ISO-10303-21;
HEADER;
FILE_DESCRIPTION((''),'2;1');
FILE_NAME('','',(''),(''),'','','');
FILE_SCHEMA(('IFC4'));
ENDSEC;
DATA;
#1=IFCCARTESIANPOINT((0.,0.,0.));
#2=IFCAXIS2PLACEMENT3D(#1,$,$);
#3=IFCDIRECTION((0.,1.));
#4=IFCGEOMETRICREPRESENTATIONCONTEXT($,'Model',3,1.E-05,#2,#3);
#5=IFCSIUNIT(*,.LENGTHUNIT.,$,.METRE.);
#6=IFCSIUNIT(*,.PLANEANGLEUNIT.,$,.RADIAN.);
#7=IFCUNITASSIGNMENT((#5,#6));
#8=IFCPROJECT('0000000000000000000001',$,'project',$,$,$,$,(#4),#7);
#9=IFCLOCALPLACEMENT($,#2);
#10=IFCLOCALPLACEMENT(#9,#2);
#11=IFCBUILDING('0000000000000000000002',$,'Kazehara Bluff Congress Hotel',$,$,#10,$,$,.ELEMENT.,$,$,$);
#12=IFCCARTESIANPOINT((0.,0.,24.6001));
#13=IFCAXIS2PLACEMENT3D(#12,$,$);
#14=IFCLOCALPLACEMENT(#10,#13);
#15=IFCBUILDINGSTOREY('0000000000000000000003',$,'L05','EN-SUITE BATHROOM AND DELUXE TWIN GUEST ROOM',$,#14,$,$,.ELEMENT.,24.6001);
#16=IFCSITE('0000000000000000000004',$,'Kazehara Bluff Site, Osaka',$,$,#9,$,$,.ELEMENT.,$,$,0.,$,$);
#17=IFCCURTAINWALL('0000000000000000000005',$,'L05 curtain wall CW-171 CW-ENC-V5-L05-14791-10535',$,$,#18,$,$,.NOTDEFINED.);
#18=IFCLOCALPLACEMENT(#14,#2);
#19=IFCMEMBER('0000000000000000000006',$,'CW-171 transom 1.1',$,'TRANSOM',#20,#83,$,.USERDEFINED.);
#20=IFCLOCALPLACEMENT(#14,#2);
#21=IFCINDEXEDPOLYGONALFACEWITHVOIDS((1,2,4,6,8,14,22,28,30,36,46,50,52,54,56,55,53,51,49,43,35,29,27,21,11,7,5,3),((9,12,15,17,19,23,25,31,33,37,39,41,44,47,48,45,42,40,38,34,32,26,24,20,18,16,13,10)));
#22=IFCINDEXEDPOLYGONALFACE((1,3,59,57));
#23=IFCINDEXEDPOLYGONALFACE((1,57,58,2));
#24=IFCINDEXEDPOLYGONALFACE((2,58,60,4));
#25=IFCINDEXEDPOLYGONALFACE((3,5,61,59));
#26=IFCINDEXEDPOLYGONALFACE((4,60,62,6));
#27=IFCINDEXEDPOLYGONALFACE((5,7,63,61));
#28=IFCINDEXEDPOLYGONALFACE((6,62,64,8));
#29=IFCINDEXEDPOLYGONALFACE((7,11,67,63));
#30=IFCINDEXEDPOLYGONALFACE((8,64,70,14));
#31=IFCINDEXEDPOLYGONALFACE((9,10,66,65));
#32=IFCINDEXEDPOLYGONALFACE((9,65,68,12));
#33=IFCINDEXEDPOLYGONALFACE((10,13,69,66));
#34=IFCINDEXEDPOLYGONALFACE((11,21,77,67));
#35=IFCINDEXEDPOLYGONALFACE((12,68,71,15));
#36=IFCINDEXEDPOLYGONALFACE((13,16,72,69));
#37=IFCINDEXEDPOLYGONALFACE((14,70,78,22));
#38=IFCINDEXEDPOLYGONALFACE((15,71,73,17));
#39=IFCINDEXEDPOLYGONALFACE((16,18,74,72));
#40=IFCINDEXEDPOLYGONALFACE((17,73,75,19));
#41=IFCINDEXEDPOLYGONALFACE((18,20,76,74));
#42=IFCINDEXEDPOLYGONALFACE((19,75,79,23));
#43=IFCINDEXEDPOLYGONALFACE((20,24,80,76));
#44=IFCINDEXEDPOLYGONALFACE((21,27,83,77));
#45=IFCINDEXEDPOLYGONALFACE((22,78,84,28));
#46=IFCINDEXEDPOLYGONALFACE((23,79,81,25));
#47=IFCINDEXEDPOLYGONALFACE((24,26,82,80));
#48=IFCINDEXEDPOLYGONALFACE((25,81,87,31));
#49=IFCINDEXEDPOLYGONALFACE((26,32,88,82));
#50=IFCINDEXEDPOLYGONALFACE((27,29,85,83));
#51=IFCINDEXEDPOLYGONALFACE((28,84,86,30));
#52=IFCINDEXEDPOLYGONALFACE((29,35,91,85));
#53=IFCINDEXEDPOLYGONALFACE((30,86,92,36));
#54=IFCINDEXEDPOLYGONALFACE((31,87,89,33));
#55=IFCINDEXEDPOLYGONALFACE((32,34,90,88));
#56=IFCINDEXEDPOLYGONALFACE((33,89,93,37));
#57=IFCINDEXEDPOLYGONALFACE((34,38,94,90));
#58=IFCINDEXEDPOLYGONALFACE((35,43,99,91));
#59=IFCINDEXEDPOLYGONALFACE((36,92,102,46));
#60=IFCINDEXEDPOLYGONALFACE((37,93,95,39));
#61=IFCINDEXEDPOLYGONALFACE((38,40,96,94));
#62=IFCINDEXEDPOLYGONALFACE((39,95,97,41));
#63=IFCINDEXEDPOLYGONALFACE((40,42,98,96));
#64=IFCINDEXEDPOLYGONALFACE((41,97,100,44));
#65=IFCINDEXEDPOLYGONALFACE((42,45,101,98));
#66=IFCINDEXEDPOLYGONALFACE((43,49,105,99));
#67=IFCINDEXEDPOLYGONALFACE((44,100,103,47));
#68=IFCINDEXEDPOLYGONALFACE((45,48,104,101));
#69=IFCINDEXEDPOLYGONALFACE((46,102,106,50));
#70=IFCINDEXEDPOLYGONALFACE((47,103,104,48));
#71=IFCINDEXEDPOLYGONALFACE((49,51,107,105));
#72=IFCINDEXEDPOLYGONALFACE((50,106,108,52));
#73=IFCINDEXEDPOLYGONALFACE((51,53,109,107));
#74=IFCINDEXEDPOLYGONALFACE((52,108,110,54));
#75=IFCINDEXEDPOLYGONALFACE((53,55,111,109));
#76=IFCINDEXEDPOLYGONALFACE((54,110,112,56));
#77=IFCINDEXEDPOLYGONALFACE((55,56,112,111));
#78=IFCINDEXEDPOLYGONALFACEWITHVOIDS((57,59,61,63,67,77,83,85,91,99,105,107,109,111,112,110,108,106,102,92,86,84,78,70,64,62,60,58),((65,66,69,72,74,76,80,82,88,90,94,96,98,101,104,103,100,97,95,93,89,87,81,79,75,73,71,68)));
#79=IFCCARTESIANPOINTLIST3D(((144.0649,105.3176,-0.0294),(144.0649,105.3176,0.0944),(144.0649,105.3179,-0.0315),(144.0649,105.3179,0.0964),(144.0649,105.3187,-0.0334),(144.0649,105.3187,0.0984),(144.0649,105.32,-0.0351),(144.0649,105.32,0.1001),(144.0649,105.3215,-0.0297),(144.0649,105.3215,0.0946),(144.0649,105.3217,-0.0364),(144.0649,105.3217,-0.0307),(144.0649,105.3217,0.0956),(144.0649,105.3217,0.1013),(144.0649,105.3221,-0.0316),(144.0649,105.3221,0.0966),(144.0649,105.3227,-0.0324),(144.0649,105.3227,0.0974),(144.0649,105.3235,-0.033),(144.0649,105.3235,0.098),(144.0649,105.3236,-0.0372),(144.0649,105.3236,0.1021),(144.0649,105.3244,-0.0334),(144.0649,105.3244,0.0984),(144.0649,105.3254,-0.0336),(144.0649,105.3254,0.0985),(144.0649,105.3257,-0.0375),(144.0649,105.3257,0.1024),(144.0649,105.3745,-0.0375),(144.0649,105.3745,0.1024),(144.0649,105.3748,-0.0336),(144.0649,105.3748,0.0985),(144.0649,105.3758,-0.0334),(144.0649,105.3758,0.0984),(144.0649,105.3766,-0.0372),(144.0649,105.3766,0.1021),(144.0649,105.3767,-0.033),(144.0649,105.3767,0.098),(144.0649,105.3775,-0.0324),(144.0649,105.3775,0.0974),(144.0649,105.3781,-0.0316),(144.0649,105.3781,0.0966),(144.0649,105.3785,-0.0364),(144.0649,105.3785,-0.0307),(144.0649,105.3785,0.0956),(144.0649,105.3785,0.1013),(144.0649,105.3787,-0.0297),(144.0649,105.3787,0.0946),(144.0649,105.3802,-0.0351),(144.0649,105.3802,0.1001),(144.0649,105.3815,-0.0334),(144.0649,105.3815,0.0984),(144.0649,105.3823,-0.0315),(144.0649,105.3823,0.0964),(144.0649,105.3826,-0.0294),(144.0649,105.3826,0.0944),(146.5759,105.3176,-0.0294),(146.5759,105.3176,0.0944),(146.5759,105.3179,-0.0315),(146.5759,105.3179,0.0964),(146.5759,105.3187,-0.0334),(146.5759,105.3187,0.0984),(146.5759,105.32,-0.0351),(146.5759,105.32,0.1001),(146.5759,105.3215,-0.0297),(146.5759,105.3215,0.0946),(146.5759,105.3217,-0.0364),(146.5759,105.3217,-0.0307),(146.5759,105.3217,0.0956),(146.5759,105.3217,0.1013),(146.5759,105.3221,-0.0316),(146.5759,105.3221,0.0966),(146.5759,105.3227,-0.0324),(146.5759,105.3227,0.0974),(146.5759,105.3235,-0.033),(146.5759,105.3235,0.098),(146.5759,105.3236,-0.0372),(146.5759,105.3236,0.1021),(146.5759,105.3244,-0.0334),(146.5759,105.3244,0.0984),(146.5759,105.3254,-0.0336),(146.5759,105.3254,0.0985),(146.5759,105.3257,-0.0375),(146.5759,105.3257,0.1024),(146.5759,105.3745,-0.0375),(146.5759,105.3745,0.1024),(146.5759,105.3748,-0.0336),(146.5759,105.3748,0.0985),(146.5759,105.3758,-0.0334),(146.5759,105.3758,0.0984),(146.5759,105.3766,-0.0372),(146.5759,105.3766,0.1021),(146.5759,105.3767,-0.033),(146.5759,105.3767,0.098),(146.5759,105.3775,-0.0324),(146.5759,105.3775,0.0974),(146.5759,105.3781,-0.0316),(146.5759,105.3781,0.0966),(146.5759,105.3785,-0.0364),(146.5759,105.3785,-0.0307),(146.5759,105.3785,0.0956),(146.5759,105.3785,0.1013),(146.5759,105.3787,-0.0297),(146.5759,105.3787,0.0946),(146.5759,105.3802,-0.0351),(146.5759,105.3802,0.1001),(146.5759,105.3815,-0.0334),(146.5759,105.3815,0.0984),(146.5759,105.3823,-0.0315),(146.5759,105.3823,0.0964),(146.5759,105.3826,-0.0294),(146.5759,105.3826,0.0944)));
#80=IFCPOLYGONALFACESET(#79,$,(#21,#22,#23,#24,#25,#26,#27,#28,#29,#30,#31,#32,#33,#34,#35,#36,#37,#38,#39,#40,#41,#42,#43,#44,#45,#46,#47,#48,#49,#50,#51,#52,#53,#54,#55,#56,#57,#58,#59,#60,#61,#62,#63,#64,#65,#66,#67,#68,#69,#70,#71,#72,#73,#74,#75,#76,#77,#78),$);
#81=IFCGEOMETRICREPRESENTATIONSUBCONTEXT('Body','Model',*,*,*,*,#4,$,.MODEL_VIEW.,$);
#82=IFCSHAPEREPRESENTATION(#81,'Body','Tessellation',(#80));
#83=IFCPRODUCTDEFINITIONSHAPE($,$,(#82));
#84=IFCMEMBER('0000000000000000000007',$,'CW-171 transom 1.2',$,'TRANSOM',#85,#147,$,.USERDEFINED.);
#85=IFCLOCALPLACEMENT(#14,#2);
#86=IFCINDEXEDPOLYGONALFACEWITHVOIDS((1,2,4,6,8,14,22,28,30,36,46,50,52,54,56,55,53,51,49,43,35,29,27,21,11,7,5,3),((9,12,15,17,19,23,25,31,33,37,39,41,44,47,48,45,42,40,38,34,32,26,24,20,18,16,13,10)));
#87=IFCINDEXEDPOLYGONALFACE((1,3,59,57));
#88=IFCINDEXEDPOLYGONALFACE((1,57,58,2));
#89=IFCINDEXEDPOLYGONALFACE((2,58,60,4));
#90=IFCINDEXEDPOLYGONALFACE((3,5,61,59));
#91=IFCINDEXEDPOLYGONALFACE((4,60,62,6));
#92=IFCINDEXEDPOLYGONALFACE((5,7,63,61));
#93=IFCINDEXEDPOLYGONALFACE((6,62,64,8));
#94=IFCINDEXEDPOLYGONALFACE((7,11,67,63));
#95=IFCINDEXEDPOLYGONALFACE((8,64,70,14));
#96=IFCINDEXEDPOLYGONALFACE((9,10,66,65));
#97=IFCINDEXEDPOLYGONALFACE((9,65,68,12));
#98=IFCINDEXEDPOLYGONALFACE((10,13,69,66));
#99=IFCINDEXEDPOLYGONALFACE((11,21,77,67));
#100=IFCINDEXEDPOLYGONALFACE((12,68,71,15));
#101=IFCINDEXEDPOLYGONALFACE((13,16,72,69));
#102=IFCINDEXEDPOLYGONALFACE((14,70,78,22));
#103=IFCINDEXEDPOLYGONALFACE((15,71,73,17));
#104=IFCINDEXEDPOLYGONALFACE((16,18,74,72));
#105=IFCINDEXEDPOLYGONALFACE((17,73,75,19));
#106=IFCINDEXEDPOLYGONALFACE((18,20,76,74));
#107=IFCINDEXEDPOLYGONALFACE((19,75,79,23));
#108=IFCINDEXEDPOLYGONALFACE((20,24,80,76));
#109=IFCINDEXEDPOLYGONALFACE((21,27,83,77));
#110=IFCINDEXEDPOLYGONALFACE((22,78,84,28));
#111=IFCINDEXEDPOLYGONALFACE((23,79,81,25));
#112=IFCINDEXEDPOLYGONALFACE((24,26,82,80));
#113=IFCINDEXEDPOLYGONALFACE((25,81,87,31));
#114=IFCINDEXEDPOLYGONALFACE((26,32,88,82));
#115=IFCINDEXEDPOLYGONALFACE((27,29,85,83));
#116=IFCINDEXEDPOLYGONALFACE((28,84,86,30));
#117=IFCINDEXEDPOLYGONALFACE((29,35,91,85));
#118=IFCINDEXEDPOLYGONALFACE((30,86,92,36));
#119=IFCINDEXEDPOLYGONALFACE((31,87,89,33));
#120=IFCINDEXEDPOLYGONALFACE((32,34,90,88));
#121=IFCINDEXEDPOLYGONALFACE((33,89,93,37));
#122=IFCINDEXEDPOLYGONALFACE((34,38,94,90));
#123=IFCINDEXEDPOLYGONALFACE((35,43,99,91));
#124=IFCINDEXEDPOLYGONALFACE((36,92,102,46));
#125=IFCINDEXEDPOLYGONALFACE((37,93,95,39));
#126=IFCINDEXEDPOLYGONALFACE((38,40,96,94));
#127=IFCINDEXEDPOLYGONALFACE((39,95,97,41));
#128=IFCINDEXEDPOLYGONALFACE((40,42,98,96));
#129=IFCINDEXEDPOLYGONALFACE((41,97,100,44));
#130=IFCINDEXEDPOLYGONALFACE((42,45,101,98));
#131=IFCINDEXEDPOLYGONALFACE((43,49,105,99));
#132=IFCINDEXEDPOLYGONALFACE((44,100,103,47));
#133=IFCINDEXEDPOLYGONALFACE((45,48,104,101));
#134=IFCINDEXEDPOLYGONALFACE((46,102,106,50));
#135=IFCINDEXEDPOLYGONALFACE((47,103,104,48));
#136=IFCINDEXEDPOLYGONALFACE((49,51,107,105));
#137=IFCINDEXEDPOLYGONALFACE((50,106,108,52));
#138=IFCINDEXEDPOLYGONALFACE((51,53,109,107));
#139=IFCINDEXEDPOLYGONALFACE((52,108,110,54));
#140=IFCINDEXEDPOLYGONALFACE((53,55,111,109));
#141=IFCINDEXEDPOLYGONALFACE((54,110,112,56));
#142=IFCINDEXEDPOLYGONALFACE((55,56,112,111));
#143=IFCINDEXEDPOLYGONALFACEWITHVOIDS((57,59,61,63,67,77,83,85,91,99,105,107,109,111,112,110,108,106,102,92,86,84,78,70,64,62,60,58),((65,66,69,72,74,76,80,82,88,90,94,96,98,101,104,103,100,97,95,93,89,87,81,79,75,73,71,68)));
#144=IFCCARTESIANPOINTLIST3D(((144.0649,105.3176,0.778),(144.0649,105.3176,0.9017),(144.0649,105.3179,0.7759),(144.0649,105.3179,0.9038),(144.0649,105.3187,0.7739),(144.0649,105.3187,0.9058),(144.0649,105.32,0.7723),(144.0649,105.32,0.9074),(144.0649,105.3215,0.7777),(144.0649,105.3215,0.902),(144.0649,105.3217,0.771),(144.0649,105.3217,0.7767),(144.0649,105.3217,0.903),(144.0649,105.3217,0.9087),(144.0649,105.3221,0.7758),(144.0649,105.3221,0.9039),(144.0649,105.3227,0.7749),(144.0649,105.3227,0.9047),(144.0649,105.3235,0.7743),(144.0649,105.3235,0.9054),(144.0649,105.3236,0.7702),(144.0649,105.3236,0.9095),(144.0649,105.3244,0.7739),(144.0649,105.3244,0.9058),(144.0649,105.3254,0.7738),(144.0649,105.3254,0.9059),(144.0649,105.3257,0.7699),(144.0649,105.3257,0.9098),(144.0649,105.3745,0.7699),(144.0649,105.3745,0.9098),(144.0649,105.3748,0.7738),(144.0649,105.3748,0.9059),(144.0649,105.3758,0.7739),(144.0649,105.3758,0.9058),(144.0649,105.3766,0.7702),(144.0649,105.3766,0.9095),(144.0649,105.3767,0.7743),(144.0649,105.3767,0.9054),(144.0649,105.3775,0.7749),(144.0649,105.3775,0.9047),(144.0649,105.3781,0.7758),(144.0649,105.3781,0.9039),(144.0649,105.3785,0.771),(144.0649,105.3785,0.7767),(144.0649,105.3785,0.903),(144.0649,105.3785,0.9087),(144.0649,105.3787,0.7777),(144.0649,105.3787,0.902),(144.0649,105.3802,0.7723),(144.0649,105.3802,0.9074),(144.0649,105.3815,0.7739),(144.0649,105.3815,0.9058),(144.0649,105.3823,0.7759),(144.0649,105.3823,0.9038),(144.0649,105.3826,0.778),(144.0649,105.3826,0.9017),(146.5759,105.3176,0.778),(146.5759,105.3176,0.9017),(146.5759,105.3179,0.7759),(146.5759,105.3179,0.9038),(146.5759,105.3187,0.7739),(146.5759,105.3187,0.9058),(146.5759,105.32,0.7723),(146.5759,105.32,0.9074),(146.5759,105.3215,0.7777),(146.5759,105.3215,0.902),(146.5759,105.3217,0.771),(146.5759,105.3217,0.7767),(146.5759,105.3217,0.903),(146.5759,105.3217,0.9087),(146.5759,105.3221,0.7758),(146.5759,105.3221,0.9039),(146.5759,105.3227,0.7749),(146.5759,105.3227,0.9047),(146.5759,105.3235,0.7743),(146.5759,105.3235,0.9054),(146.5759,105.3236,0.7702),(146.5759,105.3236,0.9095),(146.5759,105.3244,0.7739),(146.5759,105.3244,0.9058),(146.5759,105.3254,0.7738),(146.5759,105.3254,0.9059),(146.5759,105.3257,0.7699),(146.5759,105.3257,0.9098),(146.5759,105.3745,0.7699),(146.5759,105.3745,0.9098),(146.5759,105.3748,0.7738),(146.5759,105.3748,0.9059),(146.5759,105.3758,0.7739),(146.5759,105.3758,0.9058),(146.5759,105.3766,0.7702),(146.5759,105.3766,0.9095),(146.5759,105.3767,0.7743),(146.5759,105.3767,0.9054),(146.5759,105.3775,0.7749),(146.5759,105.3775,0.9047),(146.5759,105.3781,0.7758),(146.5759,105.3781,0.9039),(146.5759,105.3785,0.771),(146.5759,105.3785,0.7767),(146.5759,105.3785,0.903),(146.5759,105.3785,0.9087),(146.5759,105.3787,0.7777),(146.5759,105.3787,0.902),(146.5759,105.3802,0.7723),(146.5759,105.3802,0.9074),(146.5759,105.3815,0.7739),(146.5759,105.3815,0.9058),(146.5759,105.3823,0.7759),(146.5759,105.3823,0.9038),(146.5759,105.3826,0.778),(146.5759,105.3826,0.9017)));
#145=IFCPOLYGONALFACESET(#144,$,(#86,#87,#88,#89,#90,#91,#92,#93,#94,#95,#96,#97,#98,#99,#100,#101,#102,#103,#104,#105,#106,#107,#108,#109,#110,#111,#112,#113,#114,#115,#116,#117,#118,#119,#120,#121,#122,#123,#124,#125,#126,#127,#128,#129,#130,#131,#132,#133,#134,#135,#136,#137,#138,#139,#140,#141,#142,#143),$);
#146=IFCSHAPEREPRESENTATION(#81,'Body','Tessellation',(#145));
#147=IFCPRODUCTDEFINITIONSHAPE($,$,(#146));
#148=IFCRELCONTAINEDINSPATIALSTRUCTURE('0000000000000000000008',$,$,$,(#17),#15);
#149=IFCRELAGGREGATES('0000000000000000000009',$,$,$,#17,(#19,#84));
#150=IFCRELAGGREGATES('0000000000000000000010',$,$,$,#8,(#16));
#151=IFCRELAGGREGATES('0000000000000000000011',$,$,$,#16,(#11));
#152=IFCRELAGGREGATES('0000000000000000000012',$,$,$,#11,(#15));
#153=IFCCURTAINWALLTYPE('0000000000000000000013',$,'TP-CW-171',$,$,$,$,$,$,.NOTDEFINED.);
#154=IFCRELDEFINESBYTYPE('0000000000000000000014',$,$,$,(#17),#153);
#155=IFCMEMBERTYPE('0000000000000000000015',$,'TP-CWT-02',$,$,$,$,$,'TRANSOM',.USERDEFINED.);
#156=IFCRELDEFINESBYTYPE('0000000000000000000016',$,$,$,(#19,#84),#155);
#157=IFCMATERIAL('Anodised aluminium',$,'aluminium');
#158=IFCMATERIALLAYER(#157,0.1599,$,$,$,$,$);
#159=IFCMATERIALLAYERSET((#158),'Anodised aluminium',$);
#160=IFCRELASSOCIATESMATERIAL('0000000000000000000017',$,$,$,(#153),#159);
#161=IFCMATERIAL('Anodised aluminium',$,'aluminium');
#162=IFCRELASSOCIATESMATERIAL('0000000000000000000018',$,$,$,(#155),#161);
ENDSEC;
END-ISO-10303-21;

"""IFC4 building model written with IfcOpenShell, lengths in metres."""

from ifc_helpers import new_model, si_unit, direction, frame, origin, origin_2d, place, context, subcontext, project, spatial, hollow_rectangle, extrude, material, layer, layer_set, material_profile, profile_set, type_object, element, aggregate, save


model = new_model("IFC4")

# Units and contexts
model_context = context("Model", 3, precision=1e-05, world=origin(), true_north=direction((0.0, 1.0)))
body_context = subcontext(model_context, "Body", "Model", "MODEL_VIEW")
ifc_project = project(units=[si_unit("LENGTHUNIT", "METRE"), si_unit("PLANEANGLEUNIT", "RADIAN")], contexts=[model_context])

# Site, building, storey
site_placement = place(None, origin())
site = spatial("IfcSite", under=ifc_project, at=site_placement, Name="Kazehara Bluff Site, Osaka", CompositionType="ELEMENT", RefElevation=0.0)
building_placement = place(site_placement, origin())
building = spatial("IfcBuilding", under=site, at=building_placement, Name="Kazehara Bluff Congress Hotel", CompositionType="ELEMENT")
storey_placement = place(building_placement, frame((0.0, 0.0, 24.6001)))
storey = spatial("IfcBuildingStorey", under=building, at=storey_placement, Name="L05", Description="EN-SUITE BATHROOM AND DELUXE TWIN GUEST ROOM", CompositionType="ELEMENT", Elevation=24.6001)

# Curtain wall
ifc_material_1 = material(Name="Anodised aluminium", Category="aluminium")
ifc_layer_1 = layer(ifc_material_1, 0.1599)
ifc_layer_set_1 = layer_set([ifc_layer_1], Name="Anodised aluminium")
curtain_wall_type_1 = type_object("IfcCurtainWallType", Name="TP-CW-171", PredefinedType="NOTDEFINED", material=ifc_layer_set_1)
curtain_wall_1_placement = place(storey_placement, origin())
curtain_wall_1 = element("IfcCurtainWall", 1, at=curtain_wall_1_placement, inside=storey, type_object=curtain_wall_type_1, Name="L05 curtain wall CW-171 CW-ENC-V5-L05-14791-10535", PredefinedType="NOTDEFINED")

# Members
ifc_material_2 = material(Name="Anodised aluminium", Category="aluminium")
ifc_material_profile_1 = material_profile(ifc_material_2, hollow_rectangle(XDim=0.0649, YDim=0.1399, WallThickness=0.0039, InnerFilletRadius=0.0039, OuterFilletRadius=0.0081, at=origin_2d()))
ifc_profile_set_1 = profile_set([ifc_material_profile_1], Name="Anodised aluminium")
member_type_1 = type_object("IfcMemberType", Name="TP-CWT-02", ElementType="TRANSOM", PredefinedType="USERDEFINED", material=ifc_profile_set_1)
member_1_placement = place(storey_placement, frame((144.0649, 105.3501, 0.0325), z_axis=(1.0, 0.0, 0.0), x_axis=(0.0, 1.0, 0.0)))
member_1 = element("IfcMember", 2, at=member_1_placement, type_object=member_type_1, Name="CW-171 transom 1.1", ObjectType="TRANSOM", PredefinedType="USERDEFINED", context=body_context, shape_type="SweptSolid", body=[
    extrude(hollow_rectangle(XDim=0.0649, YDim=0.1399, WallThickness=0.0039, InnerFilletRadius=0.0039, OuterFilletRadius=0.0081, at=origin_2d()), origin(), (0.0, 0.0, 1.0), 2.511),
])
member_2_placement = place(storey_placement, frame((144.0649, 105.3501, 0.8398), z_axis=(1.0, 0.0, 0.0), x_axis=(0.0, 1.0, 0.0)))
member_2 = element("IfcMember", 3, at=member_2_placement, type_object=member_type_1, Name="CW-171 transom 1.2", ObjectType="TRANSOM", PredefinedType="USERDEFINED", context=body_context, shape_type="SweptSolid", body=[
    extrude(hollow_rectangle(XDim=0.0649, YDim=0.1399, WallThickness=0.0039, InnerFilletRadius=0.0039, OuterFilletRadius=0.0081, at=origin_2d()), origin(), (0.0, 0.0, 1.0), 2.511),
])
aggregate(curtain_wall_1, [member_1, member_2])

save(model, "model.ifc")
